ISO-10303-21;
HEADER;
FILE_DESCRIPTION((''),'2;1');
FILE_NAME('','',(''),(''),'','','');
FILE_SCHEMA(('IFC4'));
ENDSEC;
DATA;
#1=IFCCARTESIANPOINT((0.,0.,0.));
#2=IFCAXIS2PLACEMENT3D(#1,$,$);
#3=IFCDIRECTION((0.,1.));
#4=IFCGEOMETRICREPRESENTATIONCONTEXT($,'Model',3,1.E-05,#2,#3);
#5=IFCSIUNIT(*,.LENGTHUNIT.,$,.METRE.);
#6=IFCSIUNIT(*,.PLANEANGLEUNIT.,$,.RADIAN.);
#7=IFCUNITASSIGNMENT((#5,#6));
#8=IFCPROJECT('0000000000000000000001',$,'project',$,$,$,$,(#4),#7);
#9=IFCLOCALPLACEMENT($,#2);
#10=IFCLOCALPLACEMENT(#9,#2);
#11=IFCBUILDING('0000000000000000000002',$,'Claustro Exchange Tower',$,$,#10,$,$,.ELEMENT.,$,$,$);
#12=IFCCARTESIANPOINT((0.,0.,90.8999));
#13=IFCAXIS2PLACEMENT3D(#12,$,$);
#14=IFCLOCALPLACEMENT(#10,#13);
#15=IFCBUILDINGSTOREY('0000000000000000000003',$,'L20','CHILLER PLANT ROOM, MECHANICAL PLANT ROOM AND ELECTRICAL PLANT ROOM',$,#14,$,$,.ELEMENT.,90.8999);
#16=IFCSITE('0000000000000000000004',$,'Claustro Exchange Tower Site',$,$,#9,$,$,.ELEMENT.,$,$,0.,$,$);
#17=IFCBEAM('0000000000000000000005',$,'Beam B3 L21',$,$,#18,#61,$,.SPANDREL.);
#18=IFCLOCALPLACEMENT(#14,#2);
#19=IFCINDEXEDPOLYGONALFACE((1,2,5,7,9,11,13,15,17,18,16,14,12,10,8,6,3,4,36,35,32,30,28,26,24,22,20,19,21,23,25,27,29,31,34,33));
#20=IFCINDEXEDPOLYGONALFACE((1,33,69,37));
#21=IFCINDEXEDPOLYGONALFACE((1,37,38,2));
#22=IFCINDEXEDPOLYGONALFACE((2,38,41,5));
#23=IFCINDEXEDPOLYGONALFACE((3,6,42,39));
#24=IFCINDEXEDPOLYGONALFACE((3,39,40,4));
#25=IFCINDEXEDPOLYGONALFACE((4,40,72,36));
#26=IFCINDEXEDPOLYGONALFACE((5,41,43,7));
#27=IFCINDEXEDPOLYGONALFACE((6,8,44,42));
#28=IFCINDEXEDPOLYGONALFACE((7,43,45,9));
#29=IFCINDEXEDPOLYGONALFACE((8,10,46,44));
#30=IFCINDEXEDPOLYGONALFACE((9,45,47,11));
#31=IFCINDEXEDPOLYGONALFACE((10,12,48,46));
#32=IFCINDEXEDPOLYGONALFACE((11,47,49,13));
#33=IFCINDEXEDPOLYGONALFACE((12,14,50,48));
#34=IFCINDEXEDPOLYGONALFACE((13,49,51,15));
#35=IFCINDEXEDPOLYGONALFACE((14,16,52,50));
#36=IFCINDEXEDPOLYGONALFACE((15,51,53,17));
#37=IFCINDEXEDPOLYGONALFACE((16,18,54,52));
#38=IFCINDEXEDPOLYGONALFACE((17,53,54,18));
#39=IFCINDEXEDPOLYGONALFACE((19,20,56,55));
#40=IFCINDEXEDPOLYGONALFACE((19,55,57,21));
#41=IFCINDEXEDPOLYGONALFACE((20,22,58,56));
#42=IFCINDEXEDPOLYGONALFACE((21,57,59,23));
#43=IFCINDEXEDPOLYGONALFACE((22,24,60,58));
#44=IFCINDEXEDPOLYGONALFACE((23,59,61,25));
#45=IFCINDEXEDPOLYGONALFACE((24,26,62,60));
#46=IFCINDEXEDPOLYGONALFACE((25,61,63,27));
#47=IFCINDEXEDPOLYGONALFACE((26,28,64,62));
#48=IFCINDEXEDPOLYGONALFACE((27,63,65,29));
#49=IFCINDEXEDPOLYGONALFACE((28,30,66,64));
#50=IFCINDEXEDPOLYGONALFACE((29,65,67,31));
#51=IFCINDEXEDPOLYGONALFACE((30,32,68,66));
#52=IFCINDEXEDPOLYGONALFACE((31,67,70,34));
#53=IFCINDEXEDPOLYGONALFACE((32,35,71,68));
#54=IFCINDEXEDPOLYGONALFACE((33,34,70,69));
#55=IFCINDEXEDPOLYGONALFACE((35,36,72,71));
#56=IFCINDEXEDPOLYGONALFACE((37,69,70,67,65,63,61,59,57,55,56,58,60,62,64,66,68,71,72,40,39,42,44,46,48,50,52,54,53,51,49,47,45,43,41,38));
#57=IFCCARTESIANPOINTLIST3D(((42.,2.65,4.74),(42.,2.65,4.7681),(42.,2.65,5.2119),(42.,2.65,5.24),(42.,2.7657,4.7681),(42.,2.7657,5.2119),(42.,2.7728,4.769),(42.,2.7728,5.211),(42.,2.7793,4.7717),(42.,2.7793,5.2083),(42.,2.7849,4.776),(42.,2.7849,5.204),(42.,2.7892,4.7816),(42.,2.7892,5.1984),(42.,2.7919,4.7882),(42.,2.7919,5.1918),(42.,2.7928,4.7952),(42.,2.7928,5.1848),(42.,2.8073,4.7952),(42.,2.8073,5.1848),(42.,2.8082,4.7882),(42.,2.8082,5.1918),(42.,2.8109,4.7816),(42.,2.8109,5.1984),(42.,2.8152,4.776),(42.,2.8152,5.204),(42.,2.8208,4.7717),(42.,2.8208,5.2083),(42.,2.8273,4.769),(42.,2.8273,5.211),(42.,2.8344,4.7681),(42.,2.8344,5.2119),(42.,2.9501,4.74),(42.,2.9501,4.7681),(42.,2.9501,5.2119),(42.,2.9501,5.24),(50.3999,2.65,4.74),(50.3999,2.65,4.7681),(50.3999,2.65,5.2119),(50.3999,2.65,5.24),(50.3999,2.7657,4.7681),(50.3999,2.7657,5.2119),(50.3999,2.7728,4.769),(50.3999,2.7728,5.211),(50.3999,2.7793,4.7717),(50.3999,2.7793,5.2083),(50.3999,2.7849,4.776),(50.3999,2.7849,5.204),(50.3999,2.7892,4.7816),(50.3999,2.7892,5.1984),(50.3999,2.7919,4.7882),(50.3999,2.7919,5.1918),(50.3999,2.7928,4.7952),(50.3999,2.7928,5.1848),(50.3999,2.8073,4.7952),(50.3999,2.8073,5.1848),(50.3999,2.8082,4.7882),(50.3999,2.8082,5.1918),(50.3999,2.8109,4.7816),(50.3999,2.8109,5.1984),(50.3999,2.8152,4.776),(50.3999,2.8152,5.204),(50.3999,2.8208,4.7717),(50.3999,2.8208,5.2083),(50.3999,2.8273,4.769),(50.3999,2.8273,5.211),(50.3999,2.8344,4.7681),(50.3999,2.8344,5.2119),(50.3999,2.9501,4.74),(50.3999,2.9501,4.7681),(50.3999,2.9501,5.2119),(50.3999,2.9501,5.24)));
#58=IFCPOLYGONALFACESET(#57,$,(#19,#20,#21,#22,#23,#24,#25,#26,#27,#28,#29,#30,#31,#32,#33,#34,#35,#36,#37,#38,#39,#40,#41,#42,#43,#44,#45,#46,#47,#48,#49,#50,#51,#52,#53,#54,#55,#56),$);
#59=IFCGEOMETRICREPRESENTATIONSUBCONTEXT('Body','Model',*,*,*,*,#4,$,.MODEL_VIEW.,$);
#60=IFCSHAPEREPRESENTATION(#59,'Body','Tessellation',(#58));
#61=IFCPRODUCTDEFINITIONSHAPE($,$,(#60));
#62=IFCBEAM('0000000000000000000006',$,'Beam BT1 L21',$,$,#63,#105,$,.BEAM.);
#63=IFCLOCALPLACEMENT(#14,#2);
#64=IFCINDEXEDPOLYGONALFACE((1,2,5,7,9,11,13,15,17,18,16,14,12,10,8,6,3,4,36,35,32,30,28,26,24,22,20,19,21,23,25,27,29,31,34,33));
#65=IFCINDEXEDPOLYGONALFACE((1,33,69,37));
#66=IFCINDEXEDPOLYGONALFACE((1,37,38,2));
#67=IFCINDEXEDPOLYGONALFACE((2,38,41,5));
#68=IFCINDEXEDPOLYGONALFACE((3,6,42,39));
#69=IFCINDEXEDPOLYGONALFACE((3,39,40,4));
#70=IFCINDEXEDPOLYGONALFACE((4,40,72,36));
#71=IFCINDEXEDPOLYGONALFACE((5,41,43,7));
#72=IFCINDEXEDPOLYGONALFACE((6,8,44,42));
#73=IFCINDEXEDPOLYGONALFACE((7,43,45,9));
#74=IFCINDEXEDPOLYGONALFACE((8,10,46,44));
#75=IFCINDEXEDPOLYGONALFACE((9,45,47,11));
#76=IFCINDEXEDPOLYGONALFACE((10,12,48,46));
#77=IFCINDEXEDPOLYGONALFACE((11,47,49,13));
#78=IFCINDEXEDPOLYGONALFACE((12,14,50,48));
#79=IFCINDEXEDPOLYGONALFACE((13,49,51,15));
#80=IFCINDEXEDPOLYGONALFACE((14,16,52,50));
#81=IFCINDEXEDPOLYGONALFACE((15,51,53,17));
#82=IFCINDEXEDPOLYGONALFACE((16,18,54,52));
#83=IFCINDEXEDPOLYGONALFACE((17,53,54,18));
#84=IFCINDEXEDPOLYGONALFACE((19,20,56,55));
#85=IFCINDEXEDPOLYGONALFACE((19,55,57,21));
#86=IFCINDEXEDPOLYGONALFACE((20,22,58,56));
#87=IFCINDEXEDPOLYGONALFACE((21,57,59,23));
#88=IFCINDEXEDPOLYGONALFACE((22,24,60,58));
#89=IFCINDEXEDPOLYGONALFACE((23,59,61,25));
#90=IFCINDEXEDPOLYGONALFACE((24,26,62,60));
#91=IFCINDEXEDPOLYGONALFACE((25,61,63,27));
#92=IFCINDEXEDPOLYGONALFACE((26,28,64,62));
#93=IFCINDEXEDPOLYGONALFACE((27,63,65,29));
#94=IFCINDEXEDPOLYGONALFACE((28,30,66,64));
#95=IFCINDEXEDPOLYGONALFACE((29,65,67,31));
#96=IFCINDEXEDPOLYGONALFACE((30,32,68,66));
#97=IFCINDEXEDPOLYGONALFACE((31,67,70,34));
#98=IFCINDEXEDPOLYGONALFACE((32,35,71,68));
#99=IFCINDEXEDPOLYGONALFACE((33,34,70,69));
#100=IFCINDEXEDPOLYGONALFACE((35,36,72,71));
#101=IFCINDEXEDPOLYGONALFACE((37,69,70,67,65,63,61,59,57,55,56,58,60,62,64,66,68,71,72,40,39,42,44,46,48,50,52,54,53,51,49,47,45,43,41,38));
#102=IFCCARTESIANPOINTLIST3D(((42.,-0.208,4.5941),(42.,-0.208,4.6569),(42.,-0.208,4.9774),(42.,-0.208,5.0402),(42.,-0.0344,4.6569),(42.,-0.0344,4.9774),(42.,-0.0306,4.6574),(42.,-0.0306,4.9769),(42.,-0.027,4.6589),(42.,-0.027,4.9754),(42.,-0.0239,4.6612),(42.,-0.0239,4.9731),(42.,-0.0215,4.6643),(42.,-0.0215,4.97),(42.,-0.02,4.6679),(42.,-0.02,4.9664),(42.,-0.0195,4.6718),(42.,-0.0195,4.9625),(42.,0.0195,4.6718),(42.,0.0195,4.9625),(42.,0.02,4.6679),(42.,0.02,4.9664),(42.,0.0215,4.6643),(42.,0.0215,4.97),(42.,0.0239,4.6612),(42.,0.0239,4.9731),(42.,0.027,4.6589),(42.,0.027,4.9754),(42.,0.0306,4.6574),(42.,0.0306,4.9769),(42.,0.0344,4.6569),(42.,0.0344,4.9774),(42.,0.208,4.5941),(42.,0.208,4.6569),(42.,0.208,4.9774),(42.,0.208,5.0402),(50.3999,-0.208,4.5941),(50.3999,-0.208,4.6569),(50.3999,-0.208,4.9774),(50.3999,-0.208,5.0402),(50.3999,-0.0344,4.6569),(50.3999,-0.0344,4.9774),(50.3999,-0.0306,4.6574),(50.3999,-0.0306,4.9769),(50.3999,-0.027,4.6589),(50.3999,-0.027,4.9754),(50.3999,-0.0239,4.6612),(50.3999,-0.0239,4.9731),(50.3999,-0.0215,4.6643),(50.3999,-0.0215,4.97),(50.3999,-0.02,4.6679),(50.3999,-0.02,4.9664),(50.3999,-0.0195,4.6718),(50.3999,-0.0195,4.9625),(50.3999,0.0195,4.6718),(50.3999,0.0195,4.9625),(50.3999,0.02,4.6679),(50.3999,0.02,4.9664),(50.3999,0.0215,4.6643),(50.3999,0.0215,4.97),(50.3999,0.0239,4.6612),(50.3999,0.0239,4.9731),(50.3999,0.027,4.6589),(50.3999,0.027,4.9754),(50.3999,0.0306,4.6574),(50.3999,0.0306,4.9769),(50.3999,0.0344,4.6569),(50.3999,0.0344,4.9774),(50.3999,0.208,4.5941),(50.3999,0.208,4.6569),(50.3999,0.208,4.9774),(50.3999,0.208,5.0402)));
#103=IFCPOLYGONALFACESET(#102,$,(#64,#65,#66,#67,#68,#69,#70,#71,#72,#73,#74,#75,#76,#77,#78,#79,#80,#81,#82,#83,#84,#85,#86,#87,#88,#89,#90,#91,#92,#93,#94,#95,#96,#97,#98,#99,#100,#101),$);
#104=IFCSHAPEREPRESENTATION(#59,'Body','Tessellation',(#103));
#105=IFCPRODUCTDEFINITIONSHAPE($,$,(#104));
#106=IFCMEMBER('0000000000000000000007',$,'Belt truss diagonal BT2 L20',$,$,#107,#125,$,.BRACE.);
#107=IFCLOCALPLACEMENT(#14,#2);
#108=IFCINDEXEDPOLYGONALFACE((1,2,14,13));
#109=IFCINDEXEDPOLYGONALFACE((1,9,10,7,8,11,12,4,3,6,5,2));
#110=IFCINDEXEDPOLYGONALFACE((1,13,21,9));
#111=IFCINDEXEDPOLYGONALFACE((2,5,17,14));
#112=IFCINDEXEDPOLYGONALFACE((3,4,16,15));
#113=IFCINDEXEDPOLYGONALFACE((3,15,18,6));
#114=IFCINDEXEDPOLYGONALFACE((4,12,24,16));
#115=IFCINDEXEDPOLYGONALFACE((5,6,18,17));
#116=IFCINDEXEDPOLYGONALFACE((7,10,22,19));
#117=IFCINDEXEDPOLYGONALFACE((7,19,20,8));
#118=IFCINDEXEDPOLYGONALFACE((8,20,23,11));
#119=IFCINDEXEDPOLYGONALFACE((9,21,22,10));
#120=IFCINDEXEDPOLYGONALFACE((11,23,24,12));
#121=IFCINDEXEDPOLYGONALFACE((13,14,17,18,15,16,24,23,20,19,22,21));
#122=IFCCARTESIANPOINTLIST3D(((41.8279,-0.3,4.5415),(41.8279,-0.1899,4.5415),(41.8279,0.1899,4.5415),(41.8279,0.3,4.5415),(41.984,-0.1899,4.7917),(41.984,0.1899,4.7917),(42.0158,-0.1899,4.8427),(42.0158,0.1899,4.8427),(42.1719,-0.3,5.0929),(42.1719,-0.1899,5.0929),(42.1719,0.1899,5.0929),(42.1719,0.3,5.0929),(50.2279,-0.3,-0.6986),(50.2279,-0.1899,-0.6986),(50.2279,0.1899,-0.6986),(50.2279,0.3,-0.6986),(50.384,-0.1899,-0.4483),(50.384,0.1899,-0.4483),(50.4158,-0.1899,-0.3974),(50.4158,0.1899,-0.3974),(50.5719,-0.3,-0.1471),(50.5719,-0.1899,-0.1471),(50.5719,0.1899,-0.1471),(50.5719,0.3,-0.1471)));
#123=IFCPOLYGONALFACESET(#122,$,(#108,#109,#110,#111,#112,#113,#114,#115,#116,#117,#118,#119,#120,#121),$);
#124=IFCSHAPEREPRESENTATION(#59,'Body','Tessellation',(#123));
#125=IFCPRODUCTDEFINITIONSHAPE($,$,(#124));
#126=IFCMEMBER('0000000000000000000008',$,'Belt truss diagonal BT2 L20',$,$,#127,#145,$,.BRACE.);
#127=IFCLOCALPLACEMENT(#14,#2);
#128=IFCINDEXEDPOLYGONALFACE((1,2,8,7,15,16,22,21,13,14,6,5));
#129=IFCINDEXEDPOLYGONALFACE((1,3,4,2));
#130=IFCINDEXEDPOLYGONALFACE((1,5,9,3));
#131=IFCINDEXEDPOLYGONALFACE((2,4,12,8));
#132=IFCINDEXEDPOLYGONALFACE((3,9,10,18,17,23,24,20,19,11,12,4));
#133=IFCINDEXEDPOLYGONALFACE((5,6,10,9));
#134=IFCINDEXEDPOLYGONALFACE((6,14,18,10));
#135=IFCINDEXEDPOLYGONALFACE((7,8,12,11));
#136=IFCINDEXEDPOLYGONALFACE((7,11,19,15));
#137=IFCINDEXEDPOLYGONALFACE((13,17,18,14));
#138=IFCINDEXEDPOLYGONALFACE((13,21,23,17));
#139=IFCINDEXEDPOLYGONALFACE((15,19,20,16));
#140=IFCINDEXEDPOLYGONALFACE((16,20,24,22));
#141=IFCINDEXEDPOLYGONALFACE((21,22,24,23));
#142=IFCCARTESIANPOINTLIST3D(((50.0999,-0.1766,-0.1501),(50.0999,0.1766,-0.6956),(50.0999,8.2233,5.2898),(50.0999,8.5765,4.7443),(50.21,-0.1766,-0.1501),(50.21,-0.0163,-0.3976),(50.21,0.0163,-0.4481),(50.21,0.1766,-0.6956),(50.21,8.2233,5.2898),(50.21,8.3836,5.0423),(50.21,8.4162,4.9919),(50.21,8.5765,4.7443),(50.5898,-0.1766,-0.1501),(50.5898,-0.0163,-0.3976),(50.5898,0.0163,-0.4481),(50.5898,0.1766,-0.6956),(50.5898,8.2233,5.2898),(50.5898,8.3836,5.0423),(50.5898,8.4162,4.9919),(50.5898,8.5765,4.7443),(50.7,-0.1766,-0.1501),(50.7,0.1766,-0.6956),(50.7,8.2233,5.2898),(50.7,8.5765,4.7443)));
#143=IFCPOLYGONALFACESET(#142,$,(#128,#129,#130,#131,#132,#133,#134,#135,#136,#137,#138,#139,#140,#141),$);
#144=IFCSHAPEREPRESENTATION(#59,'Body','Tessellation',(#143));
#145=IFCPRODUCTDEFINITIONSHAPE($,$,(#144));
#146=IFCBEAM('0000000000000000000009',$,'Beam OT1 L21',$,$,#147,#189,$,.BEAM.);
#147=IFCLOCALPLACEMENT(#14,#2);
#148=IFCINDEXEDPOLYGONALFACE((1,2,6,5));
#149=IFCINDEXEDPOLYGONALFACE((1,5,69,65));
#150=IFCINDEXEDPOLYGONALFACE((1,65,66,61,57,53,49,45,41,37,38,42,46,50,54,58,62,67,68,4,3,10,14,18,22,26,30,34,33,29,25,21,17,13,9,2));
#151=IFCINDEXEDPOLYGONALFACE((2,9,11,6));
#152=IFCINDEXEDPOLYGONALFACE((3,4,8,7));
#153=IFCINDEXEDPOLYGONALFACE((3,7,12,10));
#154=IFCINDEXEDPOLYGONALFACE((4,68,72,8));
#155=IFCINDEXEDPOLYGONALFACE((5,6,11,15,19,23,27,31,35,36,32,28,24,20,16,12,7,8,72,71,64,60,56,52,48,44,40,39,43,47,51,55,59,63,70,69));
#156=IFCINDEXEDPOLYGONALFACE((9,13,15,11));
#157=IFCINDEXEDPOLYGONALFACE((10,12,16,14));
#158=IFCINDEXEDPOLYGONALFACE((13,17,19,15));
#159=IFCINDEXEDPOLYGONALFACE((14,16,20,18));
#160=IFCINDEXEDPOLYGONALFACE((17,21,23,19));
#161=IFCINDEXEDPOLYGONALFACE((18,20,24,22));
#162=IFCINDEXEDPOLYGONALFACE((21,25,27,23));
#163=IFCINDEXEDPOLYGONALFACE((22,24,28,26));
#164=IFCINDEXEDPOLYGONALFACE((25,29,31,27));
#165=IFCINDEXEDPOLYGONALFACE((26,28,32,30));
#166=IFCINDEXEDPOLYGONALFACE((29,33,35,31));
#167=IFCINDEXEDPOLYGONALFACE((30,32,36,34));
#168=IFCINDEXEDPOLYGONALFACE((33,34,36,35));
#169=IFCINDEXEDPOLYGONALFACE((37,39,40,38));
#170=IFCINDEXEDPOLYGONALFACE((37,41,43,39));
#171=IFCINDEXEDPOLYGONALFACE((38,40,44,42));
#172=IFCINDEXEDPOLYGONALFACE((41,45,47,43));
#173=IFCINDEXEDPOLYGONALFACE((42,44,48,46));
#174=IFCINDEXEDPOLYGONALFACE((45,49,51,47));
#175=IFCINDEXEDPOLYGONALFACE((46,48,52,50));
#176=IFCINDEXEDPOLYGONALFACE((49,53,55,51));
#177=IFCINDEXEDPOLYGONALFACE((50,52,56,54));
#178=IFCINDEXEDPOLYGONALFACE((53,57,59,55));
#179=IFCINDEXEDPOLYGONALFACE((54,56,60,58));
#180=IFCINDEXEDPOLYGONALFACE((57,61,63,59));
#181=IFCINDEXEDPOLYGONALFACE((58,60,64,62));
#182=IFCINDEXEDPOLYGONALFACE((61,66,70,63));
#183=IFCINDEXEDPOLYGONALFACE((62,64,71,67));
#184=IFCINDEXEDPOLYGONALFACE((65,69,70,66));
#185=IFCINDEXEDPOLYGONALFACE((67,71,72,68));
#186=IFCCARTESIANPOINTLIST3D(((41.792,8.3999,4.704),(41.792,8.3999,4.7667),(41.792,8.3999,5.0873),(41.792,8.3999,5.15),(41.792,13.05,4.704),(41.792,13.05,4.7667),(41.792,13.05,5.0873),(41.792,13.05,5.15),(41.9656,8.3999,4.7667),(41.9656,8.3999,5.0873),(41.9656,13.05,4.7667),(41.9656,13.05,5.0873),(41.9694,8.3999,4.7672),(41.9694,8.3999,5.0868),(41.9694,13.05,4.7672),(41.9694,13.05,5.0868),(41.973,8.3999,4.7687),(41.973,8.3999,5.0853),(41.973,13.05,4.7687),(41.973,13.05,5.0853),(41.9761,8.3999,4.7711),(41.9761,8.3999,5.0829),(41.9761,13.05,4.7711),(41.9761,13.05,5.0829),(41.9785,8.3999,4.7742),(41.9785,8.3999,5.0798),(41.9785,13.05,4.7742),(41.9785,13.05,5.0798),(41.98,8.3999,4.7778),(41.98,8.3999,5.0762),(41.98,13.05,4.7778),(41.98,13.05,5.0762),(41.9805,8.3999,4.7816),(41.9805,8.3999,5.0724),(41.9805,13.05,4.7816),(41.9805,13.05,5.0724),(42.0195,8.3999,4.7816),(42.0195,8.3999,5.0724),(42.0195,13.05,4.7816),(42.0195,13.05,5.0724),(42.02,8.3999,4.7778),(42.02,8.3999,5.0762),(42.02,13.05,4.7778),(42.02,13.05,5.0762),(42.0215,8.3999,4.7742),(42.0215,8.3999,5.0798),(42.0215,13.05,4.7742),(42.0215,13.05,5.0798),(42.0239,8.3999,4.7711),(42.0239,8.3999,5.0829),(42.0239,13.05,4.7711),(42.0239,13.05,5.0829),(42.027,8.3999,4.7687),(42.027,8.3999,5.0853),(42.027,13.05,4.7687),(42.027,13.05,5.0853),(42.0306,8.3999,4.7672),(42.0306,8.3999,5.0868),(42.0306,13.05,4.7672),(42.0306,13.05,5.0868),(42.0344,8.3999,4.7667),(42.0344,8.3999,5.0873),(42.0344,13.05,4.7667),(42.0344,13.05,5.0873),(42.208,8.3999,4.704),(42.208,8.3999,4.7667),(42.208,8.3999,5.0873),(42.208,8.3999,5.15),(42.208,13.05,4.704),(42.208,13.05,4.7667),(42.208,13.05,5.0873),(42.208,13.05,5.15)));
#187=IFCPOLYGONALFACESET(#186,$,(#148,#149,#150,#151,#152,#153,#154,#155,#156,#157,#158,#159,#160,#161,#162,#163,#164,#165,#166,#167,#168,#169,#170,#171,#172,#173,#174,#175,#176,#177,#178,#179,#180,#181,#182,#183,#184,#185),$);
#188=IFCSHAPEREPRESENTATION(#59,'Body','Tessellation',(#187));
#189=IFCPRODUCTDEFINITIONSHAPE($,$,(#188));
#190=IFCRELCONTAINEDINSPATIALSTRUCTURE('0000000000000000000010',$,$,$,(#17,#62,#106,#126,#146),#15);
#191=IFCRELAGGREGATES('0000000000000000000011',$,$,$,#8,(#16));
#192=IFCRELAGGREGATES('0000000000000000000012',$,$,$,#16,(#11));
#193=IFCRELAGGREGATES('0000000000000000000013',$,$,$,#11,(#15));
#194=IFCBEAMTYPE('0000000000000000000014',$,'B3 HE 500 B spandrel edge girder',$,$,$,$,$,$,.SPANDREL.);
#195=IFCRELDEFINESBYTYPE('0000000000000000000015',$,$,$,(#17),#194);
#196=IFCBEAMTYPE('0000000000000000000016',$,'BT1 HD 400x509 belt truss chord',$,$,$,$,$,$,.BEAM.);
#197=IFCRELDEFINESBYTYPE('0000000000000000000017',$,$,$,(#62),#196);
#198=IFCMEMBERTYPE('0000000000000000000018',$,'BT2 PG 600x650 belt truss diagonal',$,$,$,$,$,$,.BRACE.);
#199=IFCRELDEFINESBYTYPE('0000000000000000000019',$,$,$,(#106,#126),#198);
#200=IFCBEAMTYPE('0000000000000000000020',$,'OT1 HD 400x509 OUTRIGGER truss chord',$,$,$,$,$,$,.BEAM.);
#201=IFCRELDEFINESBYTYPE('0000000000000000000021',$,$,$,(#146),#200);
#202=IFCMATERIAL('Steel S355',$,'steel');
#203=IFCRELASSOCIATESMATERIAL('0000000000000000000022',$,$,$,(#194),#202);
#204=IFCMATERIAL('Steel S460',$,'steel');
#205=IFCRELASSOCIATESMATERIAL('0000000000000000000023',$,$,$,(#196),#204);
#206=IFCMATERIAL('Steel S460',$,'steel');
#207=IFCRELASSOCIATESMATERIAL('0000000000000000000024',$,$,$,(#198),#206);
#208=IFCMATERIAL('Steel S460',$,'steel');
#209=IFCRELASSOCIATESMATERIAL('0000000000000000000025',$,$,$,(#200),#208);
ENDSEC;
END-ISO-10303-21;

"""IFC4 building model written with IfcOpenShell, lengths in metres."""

from ifc_helpers import new_model, si_unit, direction, frame, origin, origin_2d, place, context, subcontext, project, spatial, i_section, extrude, material, material_profile, profile_set, type_object, element, save


model = new_model("IFC4")

# Units and contexts
model_context = context("Model", 3, precision=1e-05, world=origin(), true_north=direction((0.0, 1.0)))
body_context = subcontext(model_context, "Body", "Model", "MODEL_VIEW")
ifc_project = project(units=[si_unit("LENGTHUNIT", "METRE"), si_unit("PLANEANGLEUNIT", "RADIAN")], contexts=[model_context])

# Site, building, storey
site_placement = place(None, origin())
site = spatial("IfcSite", under=ifc_project, at=site_placement, Name="Claustro Exchange Tower Site", CompositionType="ELEMENT", RefElevation=0.0)
building_placement = place(site_placement, origin())
building = spatial("IfcBuilding", under=site, at=building_placement, Name="Claustro Exchange Tower", CompositionType="ELEMENT")
storey_placement = place(building_placement, frame((0.0, 0.0, 90.8999)))
storey = spatial("IfcBuildingStorey", under=building, at=storey_placement, Name="L20", Description="CHILLER PLANT ROOM, MECHANICAL PLANT ROOM AND ELECTRICAL PLANT ROOM", CompositionType="ELEMENT", Elevation=90.8999)

# Beams
ifc_material_1 = material(Name="Steel S355", Category="steel")
ifc_material_profile_1 = material_profile(ifc_material_1, i_section(OverallWidth=0.3, OverallDepth=0.5, WebThickness=0.0144, FlangeThickness=0.0281, FilletRadius=0.0271, at=origin_2d()), Name="HE 500 B")
ifc_profile_set_1 = profile_set([ifc_material_profile_1], Name="Steel S355")
beam_type_1 = type_object("IfcBeamType", Name="B3 HE 500 B spandrel edge girder", PredefinedType="SPANDREL", material=ifc_profile_set_1)
beam_1_placement = place(storey_placement, frame((42.0, 2.8, 4.99), z_axis=(1.0, 0.0, 0.0), x_axis=(0.0, 1.0, 0.0)))
element("IfcBeam", 1, at=beam_1_placement, inside=storey, type_object=beam_type_1, Name="Beam B3 L21", PredefinedType="SPANDREL", context=body_context, shape_type="SweptSolid", body=[
    extrude(i_section(OverallWidth=0.3, OverallDepth=0.5, WebThickness=0.0144, FlangeThickness=0.0281, FilletRadius=0.0271, at=origin_2d()), origin(), (0.0, 0.0, 1.0), 8.3999),
])
ifc_material_2 = material(Name="Steel S460", Category="steel")
ifc_material_profile_2 = material_profile(ifc_material_2, i_section(OverallWidth=0.416, OverallDepth=0.446, WebThickness=0.0391, FlangeThickness=0.0627, FilletRadius=0.0149, at=origin_2d()), Name="HD 400x509")
ifc_profile_set_2 = profile_set([ifc_material_profile_2], Name="Steel S460")
beam_type_2 = type_object("IfcBeamType", Name="BT1 HD 400x509 belt truss chord", PredefinedType="BEAM", material=ifc_profile_set_2)
beam_2_placement = place(storey_placement, frame((42.0, 0.0, 4.8171), z_axis=(1.0, 0.0, 0.0), x_axis=(0.0, 1.0, 0.0)))
element("IfcBeam", 2, at=beam_2_placement, inside=storey, type_object=beam_type_2, Name="Beam BT1 L21", PredefinedType="BEAM", context=body_context, shape_type="SweptSolid", body=[
    extrude(i_section(OverallWidth=0.416, OverallDepth=0.446, WebThickness=0.0391, FlangeThickness=0.0627, FilletRadius=0.0149, at=origin_2d()), origin(), (0.0, 0.0, 1.0), 8.3999),
])

# Members
ifc_material_3 = material(Name="Steel S460", Category="steel")
ifc_material_profile_3 = material_profile(ifc_material_3, i_section(OverallWidth=0.6499, OverallDepth=0.6001, WebThickness=0.0601, FlangeThickness=0.1101, at=origin_2d()), Name="PG 600x650")
ifc_profile_set_3 = profile_set([ifc_material_profile_3], Name="Steel S460")
member_type_1 = type_object("IfcMemberType", Name="BT2 PG 600x650 belt truss diagonal", PredefinedType="BRACE", material=ifc_profile_set_3)
member_1_placement = place(storey_placement, frame((50.3999, 0.0, -0.4229), z_axis=(-0.84845, 0.0, 0.529276), x_axis=(0.529276, 0.0, 0.84845)))
element("IfcMember", 3, at=member_1_placement, inside=storey, type_object=member_type_1, Name="Belt truss diagonal BT2 L20", PredefinedType="BRACE", context=body_context, shape_type="SweptSolid", body=[
    extrude(i_section(OverallWidth=0.6499, OverallDepth=0.6001, WebThickness=0.0601, FlangeThickness=0.1101, at=origin_2d()), origin(), (0.0, 0.0, 1.0), 9.9004),
])
member_2_placement = place(storey_placement, frame((50.3999, 0.0, -0.4229), z_axis=(0.0, 0.839355, 0.543583), x_axis=(0.0, -0.543583, 0.839355)))
element("IfcMember", 4, at=member_2_placement, inside=storey, type_object=member_type_1, Name="Belt truss diagonal BT2 L20", PredefinedType="BRACE", context=body_context, shape_type="SweptSolid", body=[
    extrude(i_section(OverallWidth=0.6499, OverallDepth=0.6001, WebThickness=0.0601, FlangeThickness=0.1101, at=origin_2d()), origin(), (0.0, 0.0, 1.0), 10.0076),
])

# Beam
ifc_material_4 = material(Name="Steel S460", Category="steel")
ifc_material_profile_4 = material_profile(ifc_material_4, i_section(OverallWidth=0.416, OverallDepth=0.446, WebThickness=0.0391, FlangeThickness=0.0627, FilletRadius=0.0149, at=origin_2d()), Name="HD 400x509")
ifc_profile_set_4 = profile_set([ifc_material_profile_4], Name="Steel S460")
beam_type_3 = type_object("IfcBeamType", Name="OT1 HD 400x509 OUTRIGGER truss chord", PredefinedType="BEAM", material=ifc_profile_set_4)
beam_3_placement = place(storey_placement, frame((42.0, 8.3999, 4.927), z_axis=(0.0, 1.0, 0.0), x_axis=(-1.0, 0.0, 0.0)))
element("IfcBeam", 5, at=beam_3_placement, inside=storey, type_object=beam_type_3, Name="Beam OT1 L21", PredefinedType="BEAM", context=body_context, shape_type="SweptSolid", body=[
    extrude(i_section(OverallWidth=0.416, OverallDepth=0.446, WebThickness=0.0391, FlangeThickness=0.0627, FilletRadius=0.0149, at=origin_2d()), origin(), (0.0, 0.0, 1.0), 4.6501),
])

save(model, "model.ifc")
